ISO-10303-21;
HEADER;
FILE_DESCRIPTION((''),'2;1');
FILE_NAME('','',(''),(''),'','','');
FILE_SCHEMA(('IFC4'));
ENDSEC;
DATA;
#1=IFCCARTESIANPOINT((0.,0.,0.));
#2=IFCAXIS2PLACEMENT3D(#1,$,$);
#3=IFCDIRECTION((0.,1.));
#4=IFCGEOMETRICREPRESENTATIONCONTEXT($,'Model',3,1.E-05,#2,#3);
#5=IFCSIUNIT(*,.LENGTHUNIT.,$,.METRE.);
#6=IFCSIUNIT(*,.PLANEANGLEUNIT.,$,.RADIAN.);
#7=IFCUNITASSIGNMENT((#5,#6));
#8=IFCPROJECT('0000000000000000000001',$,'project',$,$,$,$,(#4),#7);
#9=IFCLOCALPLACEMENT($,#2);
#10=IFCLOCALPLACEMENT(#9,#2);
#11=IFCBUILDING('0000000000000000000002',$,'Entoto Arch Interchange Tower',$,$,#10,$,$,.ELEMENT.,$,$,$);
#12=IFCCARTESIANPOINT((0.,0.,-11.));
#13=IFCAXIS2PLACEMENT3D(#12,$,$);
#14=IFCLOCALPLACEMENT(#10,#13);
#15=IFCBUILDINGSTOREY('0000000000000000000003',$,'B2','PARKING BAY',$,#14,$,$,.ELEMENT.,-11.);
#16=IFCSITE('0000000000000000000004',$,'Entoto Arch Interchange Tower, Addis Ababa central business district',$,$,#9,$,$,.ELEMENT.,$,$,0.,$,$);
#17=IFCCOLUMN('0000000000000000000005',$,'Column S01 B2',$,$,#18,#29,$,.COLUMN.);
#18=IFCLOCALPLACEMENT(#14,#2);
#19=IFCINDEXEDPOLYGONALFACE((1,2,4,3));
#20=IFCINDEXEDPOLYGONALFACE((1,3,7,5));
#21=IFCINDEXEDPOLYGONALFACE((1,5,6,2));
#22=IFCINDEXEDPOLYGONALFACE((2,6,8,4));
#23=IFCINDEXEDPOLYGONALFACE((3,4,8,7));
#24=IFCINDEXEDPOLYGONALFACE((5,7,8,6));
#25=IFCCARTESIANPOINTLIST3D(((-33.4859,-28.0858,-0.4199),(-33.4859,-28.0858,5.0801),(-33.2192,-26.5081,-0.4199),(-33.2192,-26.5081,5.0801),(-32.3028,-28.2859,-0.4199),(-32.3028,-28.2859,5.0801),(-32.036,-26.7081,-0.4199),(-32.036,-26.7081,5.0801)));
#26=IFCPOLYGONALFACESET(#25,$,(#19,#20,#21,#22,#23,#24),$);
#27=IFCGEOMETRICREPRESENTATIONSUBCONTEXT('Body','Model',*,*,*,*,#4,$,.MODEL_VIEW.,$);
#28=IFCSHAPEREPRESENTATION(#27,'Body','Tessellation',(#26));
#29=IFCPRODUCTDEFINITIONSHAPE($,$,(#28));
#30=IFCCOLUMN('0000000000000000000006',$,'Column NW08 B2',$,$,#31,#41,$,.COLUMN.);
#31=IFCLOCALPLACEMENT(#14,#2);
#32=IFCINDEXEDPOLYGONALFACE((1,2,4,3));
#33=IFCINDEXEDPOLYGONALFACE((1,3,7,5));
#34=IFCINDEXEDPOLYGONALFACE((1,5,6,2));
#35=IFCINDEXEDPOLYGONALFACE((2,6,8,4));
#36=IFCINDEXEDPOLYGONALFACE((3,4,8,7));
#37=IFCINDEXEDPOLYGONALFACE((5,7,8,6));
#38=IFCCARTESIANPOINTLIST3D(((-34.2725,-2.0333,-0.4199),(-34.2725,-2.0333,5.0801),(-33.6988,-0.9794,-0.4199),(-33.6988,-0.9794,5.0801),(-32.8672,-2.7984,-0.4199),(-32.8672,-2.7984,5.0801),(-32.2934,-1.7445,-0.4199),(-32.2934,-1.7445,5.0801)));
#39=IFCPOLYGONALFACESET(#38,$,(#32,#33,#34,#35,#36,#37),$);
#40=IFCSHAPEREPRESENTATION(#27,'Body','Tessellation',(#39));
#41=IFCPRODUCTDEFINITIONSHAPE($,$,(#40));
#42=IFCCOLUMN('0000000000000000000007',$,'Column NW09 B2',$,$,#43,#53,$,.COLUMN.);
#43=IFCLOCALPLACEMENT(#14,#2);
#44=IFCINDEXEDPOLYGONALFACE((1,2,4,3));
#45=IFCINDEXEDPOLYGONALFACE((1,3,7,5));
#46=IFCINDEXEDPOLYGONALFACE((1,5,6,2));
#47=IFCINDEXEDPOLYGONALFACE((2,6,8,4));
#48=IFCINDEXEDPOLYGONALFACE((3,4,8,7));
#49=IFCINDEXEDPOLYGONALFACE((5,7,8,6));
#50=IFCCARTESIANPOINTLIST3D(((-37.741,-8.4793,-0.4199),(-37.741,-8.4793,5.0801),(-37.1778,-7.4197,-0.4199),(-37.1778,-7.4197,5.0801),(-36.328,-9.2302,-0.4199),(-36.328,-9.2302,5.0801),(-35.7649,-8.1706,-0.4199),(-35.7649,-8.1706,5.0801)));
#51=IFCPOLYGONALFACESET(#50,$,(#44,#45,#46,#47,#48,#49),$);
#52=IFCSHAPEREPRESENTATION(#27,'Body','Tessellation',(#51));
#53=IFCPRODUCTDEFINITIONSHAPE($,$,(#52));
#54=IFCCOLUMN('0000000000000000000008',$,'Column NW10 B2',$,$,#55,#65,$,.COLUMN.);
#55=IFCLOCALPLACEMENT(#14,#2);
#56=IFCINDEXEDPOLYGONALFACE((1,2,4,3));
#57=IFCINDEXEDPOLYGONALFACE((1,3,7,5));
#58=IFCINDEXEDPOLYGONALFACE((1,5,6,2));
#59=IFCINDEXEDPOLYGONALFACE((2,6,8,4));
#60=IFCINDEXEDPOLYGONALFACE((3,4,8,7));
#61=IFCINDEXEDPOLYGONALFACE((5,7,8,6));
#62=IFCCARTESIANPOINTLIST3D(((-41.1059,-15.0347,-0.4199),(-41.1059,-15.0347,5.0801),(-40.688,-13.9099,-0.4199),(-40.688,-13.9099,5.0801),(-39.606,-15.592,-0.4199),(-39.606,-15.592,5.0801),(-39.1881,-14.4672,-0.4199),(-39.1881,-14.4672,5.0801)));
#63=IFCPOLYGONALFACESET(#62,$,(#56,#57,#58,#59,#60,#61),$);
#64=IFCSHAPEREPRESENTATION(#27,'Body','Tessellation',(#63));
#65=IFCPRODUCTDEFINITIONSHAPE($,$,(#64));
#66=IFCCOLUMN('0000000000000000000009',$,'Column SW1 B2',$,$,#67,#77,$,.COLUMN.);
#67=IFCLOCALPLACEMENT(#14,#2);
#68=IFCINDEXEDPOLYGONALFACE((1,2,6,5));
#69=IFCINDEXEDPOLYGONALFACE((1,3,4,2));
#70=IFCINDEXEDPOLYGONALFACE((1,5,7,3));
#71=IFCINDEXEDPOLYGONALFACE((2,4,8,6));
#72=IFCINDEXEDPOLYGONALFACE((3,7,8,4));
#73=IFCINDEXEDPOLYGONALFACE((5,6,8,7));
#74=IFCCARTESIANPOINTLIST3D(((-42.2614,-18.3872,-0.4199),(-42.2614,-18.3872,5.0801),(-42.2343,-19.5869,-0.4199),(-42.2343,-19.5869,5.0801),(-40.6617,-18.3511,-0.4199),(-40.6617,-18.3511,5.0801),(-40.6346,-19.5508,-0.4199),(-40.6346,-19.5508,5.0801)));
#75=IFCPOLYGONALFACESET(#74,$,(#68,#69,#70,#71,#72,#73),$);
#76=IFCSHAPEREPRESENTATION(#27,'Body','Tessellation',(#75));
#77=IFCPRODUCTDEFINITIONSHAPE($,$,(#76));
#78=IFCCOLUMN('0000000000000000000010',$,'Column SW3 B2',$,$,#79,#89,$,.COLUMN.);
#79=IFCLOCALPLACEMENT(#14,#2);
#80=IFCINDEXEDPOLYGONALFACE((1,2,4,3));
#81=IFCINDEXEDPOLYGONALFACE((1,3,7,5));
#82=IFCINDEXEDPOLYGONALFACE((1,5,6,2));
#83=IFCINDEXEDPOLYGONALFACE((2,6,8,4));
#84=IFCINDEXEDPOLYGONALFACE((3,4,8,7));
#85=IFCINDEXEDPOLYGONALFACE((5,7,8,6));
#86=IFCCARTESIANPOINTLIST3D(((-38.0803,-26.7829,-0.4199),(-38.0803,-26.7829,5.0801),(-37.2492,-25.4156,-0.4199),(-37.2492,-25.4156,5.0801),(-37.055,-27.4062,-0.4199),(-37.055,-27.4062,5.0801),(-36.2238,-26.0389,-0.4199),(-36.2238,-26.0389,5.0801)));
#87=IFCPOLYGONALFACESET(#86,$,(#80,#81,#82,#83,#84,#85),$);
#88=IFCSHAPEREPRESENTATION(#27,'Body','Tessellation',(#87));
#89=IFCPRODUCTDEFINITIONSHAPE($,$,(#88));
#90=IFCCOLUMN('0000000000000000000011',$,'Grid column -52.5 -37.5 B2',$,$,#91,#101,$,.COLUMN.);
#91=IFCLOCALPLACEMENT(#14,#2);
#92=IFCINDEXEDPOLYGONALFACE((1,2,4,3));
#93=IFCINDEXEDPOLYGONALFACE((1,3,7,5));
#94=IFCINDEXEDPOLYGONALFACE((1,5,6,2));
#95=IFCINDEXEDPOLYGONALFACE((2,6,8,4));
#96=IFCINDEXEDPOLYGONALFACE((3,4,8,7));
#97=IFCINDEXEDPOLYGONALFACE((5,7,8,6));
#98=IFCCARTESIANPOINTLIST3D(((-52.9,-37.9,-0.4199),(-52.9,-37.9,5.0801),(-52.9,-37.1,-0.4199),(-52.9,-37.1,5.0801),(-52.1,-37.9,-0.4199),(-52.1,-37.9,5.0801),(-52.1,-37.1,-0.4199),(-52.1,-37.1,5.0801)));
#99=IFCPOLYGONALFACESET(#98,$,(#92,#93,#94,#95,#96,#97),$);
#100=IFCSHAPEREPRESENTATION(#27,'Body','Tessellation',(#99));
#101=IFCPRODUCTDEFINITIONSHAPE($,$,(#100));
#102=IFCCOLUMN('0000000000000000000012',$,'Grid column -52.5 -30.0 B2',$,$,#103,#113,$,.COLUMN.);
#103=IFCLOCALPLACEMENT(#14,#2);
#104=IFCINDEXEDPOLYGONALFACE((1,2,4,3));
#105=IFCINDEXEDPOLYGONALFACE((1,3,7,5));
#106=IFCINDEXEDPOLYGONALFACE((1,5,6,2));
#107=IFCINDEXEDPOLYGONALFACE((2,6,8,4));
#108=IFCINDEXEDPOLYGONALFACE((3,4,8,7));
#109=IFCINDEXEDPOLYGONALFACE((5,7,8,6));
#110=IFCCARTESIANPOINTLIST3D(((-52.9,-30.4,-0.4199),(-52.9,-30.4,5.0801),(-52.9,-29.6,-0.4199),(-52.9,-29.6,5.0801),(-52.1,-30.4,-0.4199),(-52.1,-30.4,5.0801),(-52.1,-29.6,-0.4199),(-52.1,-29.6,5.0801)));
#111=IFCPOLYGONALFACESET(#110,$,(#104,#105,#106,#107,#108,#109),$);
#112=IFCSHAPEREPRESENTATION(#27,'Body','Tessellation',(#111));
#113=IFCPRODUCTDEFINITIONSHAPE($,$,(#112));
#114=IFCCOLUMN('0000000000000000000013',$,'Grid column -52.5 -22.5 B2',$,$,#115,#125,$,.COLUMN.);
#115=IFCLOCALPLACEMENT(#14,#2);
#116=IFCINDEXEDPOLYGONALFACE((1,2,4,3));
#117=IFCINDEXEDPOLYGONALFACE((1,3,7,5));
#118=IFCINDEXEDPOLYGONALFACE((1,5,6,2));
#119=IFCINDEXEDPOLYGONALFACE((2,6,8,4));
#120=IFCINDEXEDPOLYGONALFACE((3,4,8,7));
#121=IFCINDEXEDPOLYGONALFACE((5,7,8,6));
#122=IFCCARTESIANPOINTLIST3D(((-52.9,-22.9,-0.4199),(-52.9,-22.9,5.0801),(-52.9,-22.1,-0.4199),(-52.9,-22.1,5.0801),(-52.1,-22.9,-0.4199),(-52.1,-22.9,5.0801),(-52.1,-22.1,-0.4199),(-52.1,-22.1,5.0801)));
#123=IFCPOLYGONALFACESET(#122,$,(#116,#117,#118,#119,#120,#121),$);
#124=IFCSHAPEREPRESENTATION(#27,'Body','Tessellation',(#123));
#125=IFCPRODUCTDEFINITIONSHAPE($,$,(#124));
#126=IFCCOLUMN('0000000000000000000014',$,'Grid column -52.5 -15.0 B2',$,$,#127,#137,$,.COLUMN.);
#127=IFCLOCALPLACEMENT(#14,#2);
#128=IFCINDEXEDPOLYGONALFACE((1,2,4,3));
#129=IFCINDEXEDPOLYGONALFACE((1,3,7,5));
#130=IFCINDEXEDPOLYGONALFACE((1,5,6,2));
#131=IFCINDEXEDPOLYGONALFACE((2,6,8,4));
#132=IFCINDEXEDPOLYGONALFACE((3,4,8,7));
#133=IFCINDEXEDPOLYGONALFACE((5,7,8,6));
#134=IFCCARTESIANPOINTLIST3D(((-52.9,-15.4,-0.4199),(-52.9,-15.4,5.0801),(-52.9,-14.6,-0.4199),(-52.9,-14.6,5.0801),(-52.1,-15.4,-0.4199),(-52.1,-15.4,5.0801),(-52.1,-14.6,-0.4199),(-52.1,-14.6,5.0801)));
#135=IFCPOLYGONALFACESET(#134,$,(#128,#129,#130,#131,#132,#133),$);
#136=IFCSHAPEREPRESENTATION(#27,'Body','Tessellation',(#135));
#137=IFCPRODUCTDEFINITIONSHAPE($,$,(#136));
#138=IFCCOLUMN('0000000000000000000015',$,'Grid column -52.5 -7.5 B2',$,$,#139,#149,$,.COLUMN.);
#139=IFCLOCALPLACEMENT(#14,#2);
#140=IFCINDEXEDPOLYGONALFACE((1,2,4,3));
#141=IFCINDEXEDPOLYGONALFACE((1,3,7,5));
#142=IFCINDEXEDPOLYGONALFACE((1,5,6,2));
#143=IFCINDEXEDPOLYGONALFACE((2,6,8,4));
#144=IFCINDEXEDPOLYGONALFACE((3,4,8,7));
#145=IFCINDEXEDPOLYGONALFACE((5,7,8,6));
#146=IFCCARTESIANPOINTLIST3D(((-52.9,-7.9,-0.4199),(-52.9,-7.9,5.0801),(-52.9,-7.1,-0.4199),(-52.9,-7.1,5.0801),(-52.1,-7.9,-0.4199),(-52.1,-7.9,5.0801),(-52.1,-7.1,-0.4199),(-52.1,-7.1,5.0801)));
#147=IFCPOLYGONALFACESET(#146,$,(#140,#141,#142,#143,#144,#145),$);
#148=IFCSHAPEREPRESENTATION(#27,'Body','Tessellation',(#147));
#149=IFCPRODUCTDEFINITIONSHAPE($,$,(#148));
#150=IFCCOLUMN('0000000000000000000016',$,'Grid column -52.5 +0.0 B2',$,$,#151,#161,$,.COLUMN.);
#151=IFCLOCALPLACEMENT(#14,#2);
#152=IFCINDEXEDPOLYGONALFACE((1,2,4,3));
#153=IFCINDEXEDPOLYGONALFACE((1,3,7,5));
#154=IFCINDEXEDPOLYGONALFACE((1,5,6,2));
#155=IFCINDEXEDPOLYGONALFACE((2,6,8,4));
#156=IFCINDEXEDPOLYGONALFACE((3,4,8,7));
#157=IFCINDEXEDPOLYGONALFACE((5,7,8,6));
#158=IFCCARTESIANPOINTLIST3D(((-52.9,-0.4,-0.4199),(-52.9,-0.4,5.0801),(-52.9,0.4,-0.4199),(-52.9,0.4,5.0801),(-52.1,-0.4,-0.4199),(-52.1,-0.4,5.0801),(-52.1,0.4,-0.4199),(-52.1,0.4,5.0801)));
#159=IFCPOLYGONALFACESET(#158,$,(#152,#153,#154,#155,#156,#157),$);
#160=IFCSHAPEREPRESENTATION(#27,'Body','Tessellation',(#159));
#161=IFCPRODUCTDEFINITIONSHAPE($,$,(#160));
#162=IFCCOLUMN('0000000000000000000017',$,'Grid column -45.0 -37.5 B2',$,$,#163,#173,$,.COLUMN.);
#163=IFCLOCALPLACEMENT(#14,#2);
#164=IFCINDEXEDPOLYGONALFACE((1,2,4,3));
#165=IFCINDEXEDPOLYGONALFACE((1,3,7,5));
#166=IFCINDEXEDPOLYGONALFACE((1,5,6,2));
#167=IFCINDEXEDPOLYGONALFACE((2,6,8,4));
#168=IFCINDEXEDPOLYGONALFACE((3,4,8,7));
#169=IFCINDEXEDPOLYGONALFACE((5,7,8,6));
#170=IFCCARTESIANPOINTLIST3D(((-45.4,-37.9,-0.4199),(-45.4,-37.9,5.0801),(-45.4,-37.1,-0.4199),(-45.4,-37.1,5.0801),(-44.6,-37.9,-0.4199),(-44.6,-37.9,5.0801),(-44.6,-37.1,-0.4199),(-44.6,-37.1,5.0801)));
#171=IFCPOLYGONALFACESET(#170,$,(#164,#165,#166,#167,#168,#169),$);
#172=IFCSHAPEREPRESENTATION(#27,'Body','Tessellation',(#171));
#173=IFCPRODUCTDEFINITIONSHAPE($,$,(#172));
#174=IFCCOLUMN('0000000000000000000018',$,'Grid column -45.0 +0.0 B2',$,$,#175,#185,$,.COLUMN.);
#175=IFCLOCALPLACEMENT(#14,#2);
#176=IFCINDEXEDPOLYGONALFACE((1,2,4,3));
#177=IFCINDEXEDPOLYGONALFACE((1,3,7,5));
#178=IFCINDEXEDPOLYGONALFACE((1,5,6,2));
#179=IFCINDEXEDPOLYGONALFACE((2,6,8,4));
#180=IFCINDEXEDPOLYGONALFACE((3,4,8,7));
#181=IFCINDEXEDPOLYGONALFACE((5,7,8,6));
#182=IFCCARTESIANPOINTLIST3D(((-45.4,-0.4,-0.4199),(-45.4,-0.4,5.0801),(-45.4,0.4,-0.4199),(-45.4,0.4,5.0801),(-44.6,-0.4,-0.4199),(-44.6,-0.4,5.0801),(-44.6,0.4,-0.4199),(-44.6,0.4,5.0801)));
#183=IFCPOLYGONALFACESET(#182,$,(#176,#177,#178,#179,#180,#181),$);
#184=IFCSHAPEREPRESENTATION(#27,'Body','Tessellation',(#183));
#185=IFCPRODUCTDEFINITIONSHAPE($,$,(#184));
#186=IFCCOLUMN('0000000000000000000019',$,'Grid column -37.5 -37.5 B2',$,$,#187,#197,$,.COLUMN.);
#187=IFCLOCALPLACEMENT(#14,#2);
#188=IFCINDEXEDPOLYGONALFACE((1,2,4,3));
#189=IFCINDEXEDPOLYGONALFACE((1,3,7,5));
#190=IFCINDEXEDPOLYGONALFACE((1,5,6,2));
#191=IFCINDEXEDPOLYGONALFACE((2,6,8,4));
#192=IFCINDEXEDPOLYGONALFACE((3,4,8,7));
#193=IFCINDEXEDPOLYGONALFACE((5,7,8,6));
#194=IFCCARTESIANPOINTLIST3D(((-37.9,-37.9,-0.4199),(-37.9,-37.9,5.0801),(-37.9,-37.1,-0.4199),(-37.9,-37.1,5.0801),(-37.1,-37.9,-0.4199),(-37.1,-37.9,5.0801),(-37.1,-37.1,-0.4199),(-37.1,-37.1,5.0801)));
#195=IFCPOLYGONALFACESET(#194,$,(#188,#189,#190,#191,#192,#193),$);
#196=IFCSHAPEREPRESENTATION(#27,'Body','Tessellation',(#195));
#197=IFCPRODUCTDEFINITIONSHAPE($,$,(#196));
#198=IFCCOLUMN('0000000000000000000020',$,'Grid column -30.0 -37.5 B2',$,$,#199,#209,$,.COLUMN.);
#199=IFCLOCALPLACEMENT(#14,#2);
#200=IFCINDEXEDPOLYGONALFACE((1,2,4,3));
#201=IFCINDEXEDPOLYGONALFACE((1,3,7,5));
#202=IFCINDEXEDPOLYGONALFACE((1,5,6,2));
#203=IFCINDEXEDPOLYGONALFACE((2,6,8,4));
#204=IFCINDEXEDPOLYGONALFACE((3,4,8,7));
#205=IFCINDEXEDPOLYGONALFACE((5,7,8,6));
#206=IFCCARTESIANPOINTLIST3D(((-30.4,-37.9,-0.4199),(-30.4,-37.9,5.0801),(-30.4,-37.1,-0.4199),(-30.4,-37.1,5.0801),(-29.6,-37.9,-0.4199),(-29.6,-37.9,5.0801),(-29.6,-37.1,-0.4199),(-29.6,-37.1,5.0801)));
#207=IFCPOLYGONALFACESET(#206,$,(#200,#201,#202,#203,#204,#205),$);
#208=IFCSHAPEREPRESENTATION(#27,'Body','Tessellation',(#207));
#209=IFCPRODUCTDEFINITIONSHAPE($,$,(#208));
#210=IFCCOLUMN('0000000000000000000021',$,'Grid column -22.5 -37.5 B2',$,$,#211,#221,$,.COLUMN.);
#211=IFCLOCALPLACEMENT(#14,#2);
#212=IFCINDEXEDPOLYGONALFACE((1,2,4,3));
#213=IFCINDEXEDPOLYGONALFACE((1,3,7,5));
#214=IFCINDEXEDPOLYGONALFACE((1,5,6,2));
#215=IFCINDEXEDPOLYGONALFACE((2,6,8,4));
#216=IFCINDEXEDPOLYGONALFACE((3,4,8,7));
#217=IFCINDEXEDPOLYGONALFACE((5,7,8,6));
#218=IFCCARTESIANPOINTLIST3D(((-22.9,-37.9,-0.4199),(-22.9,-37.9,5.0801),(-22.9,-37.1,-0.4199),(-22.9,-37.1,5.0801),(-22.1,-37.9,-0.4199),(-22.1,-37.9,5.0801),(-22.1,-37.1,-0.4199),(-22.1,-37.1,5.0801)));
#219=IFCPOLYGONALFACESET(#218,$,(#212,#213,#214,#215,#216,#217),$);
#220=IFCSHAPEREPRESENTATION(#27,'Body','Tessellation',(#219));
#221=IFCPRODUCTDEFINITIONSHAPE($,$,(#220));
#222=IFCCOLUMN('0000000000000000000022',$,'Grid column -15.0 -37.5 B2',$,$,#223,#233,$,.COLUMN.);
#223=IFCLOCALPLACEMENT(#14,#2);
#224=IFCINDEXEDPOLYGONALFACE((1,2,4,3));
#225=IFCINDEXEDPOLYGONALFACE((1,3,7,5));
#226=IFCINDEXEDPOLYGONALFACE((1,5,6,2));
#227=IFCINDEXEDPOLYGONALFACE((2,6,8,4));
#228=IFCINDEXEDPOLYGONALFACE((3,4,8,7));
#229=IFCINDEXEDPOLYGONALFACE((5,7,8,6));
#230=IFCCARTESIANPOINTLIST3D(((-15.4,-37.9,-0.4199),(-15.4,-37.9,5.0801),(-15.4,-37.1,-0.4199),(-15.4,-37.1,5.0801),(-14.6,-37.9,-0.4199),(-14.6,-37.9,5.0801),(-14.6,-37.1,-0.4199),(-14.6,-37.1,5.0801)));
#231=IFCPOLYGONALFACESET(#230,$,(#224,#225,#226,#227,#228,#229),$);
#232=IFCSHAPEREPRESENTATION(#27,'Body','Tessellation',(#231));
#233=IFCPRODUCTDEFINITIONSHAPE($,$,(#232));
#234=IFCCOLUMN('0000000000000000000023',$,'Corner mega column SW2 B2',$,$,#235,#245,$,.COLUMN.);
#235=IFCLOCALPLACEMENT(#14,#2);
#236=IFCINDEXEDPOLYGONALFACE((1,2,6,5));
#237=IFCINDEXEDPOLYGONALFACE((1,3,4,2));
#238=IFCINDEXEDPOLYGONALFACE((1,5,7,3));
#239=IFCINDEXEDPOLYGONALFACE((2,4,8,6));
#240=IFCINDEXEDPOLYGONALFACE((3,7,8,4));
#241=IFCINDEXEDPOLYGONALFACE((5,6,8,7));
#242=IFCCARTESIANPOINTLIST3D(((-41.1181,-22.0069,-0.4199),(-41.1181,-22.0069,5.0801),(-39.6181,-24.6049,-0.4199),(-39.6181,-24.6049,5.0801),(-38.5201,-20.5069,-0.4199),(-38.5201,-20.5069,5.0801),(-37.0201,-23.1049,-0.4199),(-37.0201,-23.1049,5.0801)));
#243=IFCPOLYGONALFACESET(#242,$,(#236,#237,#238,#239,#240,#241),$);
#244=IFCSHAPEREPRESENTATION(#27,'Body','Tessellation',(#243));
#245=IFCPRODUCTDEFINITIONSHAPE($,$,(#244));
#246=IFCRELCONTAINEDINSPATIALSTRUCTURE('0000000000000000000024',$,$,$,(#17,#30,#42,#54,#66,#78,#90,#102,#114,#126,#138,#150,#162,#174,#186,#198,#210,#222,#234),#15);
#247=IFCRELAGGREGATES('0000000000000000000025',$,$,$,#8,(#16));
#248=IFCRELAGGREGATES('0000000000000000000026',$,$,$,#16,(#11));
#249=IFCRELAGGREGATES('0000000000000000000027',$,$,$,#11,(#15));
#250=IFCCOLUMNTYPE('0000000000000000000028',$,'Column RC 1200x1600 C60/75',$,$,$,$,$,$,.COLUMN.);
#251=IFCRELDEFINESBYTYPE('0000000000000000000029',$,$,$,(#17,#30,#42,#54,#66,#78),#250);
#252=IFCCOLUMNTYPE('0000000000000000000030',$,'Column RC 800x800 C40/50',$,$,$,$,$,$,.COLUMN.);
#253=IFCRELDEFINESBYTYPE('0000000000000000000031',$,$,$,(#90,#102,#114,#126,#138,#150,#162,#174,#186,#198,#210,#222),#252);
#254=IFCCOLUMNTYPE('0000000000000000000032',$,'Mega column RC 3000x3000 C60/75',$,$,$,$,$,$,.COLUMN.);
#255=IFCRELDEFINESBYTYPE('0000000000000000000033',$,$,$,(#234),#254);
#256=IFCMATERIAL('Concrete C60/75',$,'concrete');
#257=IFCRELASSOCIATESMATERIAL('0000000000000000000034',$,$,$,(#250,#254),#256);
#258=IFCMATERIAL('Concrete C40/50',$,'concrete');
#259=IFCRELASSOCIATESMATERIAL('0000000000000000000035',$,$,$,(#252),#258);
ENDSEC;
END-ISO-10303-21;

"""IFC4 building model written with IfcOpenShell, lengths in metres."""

from ifc_helpers import new_model, si_unit, direction, frame, origin, origin_2d, place, context, subcontext, project, spatial, rectangle, extrude, material, material_profile, profile_set, type_object, element, save


model = new_model("IFC4")

# Units and contexts
model_context = context("Model", 3, precision=1e-05, world=origin(), true_north=direction((0.0, 1.0)))
body_context = subcontext(model_context, "Body", "Model", "MODEL_VIEW")
ifc_project = project(units=[si_unit("LENGTHUNIT", "METRE"), si_unit("PLANEANGLEUNIT", "RADIAN")], contexts=[model_context])

# Site, building, storey
site_placement = place(None, origin())
site = spatial("IfcSite", under=ifc_project, at=site_placement, Name="Entoto Arch Interchange Tower, Addis Ababa central business district", CompositionType="ELEMENT", RefElevation=0.0)
building_placement = place(site_placement, origin())
building = spatial("IfcBuilding", under=site, at=building_placement, Name="Entoto Arch Interchange Tower", CompositionType="ELEMENT")
storey_placement = place(building_placement, frame((0.0, 0.0, -11.0)))
storey = spatial("IfcBuildingStorey", under=building, at=storey_placement, Name="B2", Description="PARKING BAY", CompositionType="ELEMENT", Elevation=-11.0)

# Columns
ifc_material_1 = material(Name="Concrete C60/75", Category="concrete")
ifc_material_profile_1 = material_profile(ifc_material_1, rectangle(XDim=1.2, YDim=1.6001, at=origin_2d()))
ifc_profile_set_1 = profile_set([ifc_material_profile_1], Name="Concrete C60/75")
column_type_1 = type_object("IfcColumnType", Name="Column RC 1200x1600 C60/75", PredefinedType="COLUMN", material=ifc_profile_set_1)
for number, where, z_axis, x_axis, name in (
    (1, (-32.761, -27.397, -0.4199), (0.0, 0.0, 1.0), (-0.986005, 0.166717, 0.0), "Column S01 B2"),
    (2, (-33.283, -1.8889, -0.4199), (0.0, 0.0, 1.0), (0.47814, 0.878284, 0.0), "Column NW08 B2"),
    (3, (-36.7529, -8.325, -0.4199), (0.0, 0.0, 1.0), (0.469317, 0.88303, 0.0), "Column NW09 B2"),
    (4, (-40.147, -14.751, -0.4199), (0.0, 0.0, 1.0), (0.348278, 0.937391, 0.0), "Column NW10 B2"),
    (5, (-41.448, -18.969, -0.4199), (0.0, 0.0, 1.0), (-0.022565, 0.999745, 0.0), "Column SW1 B2"),
    (6, (-37.1521, -26.4109, -0.4199), (0.0, 0.0, 1.0), (-0.854522, 0.519415, 0.0), "Column SW3 B2"),
):
    element("IfcColumn", number, at=place(storey_placement, frame(where, z_axis=z_axis, x_axis=x_axis)), inside=storey, type_object=column_type_1, Name=name, PredefinedType="COLUMN", context=body_context, shape_type="SweptSolid", body=[
        extrude(rectangle(XDim=1.2, YDim=1.6001, at=origin_2d()), origin(), (0.0, 0.0, 1.0), 5.5),
    ])
ifc_material_2 = material(Name="Concrete C40/50", Category="concrete")
ifc_material_profile_2 = material_profile(ifc_material_2, rectangle(XDim=0.8, YDim=0.8, at=origin_2d()))
ifc_profile_set_2 = profile_set([ifc_material_profile_2], Name="Concrete C40/50")
column_type_2 = type_object("IfcColumnType", Name="Column RC 800x800 C40/50", PredefinedType="COLUMN", material=ifc_profile_set_2)
for number, where, z_axis, x_axis, name in (
    (7, (-52.5, -37.5, -0.4199), (0.0, 0.0, 1.0), (1.0, 0.0, 0.0), "Grid column -52.5 -37.5 B2"),
    (8, (-52.5, -30.0, -0.4199), (0.0, 0.0, 1.0), (1.0, 0.0, 0.0), "Grid column -52.5 -30.0 B2"),
    (9, (-52.5, -22.5, -0.4199), (0.0, 0.0, 1.0), (1.0, 0.0, 0.0), "Grid column -52.5 -22.5 B2"),
    (10, (-52.5, -15.0, -0.4199), (0.0, 0.0, 1.0), (1.0, 0.0, 0.0), "Grid column -52.5 -15.0 B2"),
    (11, (-52.5, -7.5, -0.4199), (0.0, 0.0, 1.0), (1.0, 0.0, 0.0), "Grid column -52.5 -7.5 B2"),
    (12, (-52.5, 0.0, -0.4199), (0.0, 0.0, 1.0), (1.0, 0.0, 0.0), "Grid column -52.5 +0.0 B2"),
    (13, (-45.0, -37.5, -0.4199), (0.0, 0.0, 1.0), (1.0, 0.0, 0.0), "Grid column -45.0 -37.5 B2"),
    (14, (-45.0, 0.0, -0.4199), (0.0, 0.0, 1.0), (1.0, 0.0, 0.0), "Grid column -45.0 +0.0 B2"),
    (15, (-37.5, -37.5, -0.4199), (0.0, 0.0, 1.0), (1.0, 0.0, 0.0), "Grid column -37.5 -37.5 B2"),
    (16, (-30.0, -37.5, -0.4199), (0.0, 0.0, 1.0), (1.0, 0.0, 0.0), "Grid column -30.0 -37.5 B2"),
    (17, (-22.5, -37.5, -0.4199), (0.0, 0.0, 1.0), (1.0, 0.0, 0.0), "Grid column -22.5 -37.5 B2"),
    (18, (-15.0, -37.5, -0.4199), (0.0, 0.0, 1.0), (1.0, 0.0, 0.0), "Grid column -15.0 -37.5 B2"),
):
    element("IfcColumn", number, at=place(storey_placement, frame(where, z_axis=z_axis, x_axis=x_axis)), inside=storey, type_object=column_type_2, Name=name, PredefinedType="COLUMN", context=body_context, shape_type="SweptSolid", body=[
        extrude(rectangle(XDim=0.8, YDim=0.8, at=origin_2d()), origin(), (0.0, 0.0, 1.0), 5.5),
    ])
ifc_material_profile_3 = material_profile(ifc_material_1, rectangle(XDim=3.0, YDim=3.0, at=origin_2d()))
ifc_profile_set_3 = profile_set([ifc_material_profile_3], Name="Concrete C60/75")
column_type_3 = type_object("IfcColumnType", Name="Mega column RC 3000x3000 C60/75", PredefinedType="COLUMN", material=ifc_profile_set_3)
column_placement = place(storey_placement, frame((-39.0691, -22.5559, -0.4199), z_axis=(0.0, 0.0, 1.0), x_axis=(0.866025, 0.5, 0.0)))
element("IfcColumn", 19, at=column_placement, inside=storey, type_object=column_type_3, Name="Corner mega column SW2 B2", PredefinedType="COLUMN", context=body_context, shape_type="SweptSolid", body=[
    extrude(rectangle(XDim=3.0, YDim=3.0, at=origin_2d()), origin(), (0.0, 0.0, 1.0), 5.5),
])

save(model, "model.ifc")
